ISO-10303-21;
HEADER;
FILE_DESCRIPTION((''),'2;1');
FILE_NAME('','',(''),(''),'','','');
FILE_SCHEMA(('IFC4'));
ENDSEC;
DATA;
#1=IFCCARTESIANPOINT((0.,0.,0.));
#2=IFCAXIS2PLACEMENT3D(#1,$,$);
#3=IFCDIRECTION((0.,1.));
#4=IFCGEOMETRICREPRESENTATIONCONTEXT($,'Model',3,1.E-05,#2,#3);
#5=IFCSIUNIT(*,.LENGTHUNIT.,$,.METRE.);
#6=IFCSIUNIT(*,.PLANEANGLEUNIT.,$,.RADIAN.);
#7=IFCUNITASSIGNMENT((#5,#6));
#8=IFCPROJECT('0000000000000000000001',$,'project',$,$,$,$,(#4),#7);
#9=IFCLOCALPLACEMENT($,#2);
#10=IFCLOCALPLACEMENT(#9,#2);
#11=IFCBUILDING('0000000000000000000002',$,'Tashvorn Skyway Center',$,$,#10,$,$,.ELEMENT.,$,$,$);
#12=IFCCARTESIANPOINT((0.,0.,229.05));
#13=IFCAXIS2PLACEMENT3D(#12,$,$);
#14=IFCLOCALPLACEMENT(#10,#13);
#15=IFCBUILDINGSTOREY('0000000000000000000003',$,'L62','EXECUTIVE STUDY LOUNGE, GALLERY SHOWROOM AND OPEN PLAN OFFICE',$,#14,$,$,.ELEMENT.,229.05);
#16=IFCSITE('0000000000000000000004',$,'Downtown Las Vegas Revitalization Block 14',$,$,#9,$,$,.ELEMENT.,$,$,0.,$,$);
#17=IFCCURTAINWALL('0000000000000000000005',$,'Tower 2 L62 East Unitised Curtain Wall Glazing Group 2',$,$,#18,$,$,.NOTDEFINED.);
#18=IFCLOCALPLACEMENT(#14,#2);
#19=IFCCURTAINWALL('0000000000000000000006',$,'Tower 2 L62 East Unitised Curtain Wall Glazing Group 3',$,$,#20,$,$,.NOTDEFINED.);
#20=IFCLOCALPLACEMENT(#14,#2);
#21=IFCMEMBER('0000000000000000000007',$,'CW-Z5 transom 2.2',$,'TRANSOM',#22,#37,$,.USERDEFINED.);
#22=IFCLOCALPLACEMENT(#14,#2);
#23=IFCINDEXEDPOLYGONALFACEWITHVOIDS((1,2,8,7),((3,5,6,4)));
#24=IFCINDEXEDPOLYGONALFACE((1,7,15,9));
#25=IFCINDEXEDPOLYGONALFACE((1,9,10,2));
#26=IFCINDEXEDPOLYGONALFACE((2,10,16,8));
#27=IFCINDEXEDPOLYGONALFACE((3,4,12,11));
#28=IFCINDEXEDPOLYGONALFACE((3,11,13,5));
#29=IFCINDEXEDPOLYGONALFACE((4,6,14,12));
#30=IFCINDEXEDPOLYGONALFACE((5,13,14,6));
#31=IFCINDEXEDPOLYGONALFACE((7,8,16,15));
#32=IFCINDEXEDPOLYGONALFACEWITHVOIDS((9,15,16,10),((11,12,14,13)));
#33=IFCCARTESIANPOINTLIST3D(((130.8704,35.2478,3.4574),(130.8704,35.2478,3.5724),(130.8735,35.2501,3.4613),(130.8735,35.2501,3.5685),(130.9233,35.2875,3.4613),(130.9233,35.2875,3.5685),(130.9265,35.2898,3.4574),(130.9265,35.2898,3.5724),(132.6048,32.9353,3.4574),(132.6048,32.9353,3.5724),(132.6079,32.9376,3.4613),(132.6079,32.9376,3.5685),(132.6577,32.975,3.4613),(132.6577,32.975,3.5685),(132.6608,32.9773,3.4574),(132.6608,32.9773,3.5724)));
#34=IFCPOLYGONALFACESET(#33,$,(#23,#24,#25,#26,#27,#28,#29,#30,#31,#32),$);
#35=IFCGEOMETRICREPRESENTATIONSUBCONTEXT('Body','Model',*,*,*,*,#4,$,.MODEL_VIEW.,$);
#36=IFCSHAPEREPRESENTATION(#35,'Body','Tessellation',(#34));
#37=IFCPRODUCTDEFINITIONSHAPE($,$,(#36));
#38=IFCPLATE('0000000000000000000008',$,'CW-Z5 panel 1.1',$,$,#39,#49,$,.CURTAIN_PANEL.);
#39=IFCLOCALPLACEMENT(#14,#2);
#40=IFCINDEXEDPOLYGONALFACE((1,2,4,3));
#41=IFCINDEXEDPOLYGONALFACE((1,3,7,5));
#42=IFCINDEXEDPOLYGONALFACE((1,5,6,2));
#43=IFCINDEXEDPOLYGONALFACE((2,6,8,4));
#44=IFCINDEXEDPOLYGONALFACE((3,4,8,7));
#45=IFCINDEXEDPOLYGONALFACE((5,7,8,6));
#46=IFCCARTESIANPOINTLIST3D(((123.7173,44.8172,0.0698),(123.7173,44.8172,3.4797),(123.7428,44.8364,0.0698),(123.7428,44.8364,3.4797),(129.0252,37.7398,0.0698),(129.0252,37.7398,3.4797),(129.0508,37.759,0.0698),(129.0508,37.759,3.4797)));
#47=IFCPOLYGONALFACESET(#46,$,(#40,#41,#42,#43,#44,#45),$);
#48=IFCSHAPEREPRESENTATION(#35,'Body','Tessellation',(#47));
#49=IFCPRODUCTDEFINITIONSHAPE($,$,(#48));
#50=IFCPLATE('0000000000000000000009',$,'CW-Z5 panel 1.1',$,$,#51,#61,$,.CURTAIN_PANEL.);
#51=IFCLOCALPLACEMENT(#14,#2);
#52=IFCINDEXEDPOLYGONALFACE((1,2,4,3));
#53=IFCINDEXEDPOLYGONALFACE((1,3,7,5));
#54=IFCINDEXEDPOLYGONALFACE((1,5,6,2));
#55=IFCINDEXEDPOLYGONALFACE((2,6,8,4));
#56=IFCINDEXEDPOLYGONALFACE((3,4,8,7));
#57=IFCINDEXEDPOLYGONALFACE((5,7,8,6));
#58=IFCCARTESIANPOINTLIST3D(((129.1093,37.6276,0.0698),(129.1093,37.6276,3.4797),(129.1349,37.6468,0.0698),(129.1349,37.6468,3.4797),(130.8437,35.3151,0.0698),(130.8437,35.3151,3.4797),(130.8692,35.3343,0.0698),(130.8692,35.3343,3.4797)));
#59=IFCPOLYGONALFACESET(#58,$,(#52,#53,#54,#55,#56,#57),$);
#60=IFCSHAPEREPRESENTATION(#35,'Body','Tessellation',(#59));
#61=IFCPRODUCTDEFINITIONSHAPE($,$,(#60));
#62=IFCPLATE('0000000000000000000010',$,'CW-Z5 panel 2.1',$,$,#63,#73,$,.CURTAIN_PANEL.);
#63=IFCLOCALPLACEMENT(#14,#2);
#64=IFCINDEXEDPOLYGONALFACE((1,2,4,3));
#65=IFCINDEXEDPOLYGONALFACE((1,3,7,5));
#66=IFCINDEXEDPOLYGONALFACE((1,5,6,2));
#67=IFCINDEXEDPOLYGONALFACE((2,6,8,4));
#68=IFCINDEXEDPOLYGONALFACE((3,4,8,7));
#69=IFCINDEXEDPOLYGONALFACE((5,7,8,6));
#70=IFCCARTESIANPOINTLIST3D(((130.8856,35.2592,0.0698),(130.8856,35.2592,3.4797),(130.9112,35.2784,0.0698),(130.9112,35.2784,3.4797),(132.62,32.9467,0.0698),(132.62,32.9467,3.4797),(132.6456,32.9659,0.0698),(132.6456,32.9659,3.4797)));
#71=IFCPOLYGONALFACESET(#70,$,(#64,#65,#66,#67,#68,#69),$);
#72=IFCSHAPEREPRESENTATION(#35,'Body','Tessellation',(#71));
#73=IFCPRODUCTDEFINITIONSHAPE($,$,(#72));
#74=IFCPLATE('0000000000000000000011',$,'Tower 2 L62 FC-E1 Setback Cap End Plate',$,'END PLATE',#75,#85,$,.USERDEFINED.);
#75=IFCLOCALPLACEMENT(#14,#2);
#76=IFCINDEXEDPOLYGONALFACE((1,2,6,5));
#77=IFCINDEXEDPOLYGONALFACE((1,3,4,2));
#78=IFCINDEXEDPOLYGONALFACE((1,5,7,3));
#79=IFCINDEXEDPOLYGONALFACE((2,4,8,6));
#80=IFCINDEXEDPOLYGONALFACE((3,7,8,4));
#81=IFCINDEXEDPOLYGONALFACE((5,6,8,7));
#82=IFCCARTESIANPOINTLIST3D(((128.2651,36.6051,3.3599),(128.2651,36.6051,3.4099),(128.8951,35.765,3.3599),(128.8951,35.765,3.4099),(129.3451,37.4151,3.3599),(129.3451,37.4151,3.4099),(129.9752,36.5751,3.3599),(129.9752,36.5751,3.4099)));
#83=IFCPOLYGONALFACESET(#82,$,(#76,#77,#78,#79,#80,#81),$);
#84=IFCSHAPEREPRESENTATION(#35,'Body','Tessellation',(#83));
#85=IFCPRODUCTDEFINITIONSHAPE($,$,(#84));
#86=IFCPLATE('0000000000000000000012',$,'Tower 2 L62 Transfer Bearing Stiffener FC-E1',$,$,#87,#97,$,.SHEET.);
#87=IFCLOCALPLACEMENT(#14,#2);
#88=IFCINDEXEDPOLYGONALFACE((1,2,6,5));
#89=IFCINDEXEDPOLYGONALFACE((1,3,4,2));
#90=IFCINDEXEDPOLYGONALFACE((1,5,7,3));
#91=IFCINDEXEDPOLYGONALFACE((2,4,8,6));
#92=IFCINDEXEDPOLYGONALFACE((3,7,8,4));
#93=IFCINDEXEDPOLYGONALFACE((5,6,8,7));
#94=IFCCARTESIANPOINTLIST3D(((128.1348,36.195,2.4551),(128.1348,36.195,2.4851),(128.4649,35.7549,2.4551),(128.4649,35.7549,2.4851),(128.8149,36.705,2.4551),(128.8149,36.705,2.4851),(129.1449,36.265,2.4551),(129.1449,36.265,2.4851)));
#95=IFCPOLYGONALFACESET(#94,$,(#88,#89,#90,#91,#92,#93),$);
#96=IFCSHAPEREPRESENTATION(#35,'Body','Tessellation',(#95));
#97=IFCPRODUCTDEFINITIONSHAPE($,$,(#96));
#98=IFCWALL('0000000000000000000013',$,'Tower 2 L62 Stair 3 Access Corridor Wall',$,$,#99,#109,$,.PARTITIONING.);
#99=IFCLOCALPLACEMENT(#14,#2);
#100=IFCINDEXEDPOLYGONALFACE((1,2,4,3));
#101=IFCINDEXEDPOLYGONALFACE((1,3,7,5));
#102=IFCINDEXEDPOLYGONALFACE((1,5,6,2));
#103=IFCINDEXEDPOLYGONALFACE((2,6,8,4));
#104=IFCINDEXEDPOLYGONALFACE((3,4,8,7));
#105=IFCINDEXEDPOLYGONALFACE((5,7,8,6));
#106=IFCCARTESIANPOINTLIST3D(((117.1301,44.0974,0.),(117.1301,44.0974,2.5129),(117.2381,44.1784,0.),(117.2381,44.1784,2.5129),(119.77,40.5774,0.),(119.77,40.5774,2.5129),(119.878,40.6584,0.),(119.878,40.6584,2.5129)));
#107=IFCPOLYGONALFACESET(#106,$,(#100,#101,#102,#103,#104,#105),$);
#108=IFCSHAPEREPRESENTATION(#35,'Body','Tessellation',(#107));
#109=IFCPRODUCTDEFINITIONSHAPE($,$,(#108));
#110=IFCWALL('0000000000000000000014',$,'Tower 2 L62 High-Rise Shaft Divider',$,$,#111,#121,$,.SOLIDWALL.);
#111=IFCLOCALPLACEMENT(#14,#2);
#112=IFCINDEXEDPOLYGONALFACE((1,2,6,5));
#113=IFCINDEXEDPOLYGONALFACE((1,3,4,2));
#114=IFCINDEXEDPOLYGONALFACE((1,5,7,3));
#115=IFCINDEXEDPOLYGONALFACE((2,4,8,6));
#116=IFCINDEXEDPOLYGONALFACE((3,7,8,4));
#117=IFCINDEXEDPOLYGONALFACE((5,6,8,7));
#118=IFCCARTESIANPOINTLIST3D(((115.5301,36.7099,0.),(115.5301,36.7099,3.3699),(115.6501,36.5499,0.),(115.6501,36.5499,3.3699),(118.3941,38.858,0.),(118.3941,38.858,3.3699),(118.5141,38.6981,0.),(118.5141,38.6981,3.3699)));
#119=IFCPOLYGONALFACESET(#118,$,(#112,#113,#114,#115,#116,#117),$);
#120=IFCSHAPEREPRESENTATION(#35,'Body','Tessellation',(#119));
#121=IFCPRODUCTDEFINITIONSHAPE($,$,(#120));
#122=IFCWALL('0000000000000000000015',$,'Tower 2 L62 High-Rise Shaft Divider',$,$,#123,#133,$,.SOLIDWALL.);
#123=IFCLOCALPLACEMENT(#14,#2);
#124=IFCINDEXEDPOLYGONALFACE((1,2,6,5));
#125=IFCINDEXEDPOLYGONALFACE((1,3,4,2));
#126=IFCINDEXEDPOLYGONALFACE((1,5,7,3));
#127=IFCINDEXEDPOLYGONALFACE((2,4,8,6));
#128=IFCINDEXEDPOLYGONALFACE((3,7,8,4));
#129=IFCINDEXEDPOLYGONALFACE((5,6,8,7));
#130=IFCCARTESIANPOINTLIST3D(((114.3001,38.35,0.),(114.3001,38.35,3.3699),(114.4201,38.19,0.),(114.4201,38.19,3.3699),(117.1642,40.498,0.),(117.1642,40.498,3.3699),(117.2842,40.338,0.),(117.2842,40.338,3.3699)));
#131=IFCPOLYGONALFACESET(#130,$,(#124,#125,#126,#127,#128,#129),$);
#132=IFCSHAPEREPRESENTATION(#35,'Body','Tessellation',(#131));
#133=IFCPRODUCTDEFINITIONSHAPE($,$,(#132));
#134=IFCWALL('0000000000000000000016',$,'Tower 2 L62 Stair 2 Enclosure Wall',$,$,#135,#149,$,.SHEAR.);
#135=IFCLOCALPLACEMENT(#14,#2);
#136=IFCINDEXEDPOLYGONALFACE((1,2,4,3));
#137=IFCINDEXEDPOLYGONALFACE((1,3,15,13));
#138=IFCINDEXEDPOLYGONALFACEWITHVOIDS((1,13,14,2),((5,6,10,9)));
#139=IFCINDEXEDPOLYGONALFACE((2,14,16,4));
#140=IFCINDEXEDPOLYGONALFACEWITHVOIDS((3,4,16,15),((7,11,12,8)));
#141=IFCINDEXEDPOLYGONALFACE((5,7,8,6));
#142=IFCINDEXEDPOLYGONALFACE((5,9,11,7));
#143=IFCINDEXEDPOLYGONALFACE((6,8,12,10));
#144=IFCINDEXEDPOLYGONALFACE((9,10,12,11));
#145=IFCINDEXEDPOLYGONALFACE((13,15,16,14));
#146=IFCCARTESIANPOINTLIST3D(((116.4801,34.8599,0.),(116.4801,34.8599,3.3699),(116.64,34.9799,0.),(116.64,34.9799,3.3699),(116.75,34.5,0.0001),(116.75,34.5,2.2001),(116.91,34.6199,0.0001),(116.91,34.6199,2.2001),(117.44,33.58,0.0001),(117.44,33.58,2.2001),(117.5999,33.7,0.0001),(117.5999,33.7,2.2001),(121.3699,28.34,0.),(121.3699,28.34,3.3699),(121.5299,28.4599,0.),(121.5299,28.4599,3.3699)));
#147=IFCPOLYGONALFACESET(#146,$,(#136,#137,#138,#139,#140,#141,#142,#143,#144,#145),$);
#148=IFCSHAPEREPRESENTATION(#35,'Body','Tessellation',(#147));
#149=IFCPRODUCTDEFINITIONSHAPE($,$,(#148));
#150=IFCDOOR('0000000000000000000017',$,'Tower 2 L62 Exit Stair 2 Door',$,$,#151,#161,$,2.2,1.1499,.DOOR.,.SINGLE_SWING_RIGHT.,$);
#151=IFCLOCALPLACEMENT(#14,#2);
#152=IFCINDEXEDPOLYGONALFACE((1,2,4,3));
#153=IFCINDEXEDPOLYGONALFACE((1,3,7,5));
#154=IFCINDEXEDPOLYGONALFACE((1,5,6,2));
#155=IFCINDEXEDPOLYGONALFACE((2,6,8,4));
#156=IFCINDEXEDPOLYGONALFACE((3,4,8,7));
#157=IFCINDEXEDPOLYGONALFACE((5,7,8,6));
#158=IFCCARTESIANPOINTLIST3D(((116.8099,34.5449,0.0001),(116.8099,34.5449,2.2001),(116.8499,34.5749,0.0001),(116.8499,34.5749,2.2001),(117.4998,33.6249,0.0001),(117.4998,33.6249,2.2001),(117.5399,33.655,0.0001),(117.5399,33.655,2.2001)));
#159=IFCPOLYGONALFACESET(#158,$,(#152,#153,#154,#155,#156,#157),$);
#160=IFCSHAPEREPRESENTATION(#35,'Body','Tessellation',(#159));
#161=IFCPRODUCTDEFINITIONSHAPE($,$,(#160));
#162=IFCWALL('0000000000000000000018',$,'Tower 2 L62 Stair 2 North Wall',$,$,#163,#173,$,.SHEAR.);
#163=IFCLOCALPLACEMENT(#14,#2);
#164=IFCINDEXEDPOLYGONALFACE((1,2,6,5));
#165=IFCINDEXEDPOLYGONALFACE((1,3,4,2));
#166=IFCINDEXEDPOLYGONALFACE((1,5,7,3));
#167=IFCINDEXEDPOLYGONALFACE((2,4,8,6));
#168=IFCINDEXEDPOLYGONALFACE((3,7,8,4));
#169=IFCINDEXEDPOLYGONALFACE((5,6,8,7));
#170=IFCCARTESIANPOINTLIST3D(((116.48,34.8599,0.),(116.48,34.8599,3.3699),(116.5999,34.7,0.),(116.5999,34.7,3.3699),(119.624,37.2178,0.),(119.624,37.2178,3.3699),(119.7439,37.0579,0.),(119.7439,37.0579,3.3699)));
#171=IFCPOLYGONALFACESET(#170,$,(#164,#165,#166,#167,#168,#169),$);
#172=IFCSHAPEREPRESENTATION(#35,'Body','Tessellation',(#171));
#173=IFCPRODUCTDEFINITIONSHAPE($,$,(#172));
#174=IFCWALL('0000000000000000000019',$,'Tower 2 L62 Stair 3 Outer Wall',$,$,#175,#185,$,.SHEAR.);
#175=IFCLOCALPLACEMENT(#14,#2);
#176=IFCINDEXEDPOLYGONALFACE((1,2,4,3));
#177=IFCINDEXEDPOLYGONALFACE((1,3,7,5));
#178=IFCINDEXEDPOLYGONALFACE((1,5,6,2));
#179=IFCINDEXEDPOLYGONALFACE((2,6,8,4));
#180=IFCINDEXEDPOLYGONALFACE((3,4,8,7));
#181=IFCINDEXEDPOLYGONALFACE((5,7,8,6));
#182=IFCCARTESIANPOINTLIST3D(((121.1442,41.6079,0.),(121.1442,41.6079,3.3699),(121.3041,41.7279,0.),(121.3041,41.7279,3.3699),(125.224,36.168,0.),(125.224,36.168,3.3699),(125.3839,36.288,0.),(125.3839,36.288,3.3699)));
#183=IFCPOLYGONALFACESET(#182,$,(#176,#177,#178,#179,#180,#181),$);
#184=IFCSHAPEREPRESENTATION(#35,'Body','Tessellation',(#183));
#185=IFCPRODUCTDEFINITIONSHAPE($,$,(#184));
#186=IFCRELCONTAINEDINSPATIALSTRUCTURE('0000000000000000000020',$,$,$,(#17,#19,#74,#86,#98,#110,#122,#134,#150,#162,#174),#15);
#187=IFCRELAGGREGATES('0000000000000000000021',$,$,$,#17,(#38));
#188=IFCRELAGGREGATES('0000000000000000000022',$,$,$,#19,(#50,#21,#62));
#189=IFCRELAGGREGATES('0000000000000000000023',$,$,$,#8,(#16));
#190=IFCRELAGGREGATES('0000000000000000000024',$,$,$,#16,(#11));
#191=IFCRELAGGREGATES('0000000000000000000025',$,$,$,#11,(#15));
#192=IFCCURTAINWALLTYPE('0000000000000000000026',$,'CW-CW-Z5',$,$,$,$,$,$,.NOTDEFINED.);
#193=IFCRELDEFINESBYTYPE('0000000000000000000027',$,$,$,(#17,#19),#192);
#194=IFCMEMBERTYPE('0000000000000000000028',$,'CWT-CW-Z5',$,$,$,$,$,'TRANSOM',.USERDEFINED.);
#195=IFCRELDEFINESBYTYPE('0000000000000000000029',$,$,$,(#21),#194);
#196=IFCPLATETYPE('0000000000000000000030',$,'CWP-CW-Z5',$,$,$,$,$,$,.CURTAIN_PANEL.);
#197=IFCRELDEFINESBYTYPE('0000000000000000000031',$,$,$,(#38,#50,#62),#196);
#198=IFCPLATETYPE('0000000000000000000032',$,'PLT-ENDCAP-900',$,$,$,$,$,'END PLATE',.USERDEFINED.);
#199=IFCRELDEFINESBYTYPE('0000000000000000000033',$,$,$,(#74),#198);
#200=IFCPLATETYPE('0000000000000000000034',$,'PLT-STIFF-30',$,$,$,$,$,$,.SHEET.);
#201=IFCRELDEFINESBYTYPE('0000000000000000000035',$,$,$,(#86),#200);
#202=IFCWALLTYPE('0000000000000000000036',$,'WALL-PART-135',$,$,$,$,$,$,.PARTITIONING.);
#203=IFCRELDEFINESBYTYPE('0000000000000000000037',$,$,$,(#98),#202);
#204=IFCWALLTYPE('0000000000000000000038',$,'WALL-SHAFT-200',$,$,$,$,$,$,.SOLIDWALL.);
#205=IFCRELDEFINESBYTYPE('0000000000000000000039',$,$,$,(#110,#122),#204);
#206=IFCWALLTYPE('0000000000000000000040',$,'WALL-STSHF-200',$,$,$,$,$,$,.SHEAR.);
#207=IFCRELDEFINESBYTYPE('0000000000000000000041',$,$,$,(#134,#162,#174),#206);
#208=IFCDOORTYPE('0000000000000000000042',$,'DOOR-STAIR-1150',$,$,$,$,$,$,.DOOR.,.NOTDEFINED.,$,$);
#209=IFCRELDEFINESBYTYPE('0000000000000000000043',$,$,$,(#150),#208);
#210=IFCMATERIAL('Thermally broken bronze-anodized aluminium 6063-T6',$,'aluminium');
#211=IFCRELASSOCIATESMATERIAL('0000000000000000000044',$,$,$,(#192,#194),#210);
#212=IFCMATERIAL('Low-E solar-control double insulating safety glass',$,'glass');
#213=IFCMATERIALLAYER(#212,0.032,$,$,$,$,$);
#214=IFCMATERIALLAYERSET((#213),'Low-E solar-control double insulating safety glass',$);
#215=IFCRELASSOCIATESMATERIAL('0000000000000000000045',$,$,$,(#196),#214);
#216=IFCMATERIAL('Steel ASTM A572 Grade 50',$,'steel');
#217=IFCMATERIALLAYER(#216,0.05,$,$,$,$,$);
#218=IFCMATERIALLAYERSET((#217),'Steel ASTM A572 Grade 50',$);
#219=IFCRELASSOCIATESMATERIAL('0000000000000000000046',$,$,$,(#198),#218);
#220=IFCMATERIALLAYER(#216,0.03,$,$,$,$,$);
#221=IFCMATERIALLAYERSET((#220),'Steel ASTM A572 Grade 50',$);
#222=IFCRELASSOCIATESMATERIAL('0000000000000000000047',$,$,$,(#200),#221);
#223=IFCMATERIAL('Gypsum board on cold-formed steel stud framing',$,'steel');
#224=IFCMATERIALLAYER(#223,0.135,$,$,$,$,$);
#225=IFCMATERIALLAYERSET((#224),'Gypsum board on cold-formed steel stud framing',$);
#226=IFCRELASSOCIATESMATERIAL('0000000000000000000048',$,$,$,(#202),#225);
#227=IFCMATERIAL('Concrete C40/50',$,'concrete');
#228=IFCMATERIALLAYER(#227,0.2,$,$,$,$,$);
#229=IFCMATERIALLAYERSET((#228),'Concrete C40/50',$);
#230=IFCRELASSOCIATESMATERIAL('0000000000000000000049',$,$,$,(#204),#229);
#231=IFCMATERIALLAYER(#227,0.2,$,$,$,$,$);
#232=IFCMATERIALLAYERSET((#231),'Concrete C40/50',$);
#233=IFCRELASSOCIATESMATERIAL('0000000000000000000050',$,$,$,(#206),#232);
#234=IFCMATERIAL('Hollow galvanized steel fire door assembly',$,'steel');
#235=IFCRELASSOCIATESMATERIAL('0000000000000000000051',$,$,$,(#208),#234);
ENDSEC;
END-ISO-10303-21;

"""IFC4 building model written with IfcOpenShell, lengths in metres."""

from ifc_helpers import new_model, si_unit, direction, frame, frame_2d, origin, origin_2d, place, context, subcontext, project, spatial, rectangle, hollow_rectangle, extrude, material, layer, layer_set, material_profile, profile_set, type_object, element, fill, aggregate, save


model = new_model("IFC4")

# Units and contexts
model_context = context("Model", 3, precision=1e-05, world=origin(), true_north=direction((0.0, 1.0)))
body_context = subcontext(model_context, "Body", "Model", "MODEL_VIEW")
ifc_project = project(units=[si_unit("LENGTHUNIT", "METRE"), si_unit("PLANEANGLEUNIT", "RADIAN")], contexts=[model_context])

# Site, building, storey
site_placement = place(None, origin())
site = spatial("IfcSite", under=ifc_project, at=site_placement, Name="Downtown Las Vegas Revitalization Block 14", CompositionType="ELEMENT", RefElevation=0.0)
building_placement = place(site_placement, origin())
building = spatial("IfcBuilding", under=site, at=building_placement, Name="Tashvorn Skyway Center", CompositionType="ELEMENT")
storey_placement = place(building_placement, frame((0.0, 0.0, 229.05)))
storey = spatial("IfcBuildingStorey", under=building, at=storey_placement, Name="L62", Description="EXECUTIVE STUDY LOUNGE, GALLERY SHOWROOM AND OPEN PLAN OFFICE", CompositionType="ELEMENT", Elevation=229.05)

# Shared definitions
ifc_material_1 = material(Name="Steel ASTM A572 Grade 50", Category="steel")

# Curtain wall
ifc_material_2 = material(Name="Thermally broken bronze-anodized aluminium 6063-T6", Category="aluminium")
curtain_wall_type = type_object("IfcCurtainWallType", Name="CW-CW-Z5", PredefinedType="NOTDEFINED", material=ifc_material_2)
curtain_wall_1_placement = place(storey_placement, origin())
curtain_wall_1 = element("IfcCurtainWall", 1, at=curtain_wall_1_placement, inside=storey, type_object=curtain_wall_type, Name="Tower 2 L62 East Unitised Curtain Wall Glazing Group 2", PredefinedType="NOTDEFINED")

# Curtain wall, member
curtain_wall_2_placement = place(storey_placement, origin())
curtain_wall_2 = element("IfcCurtainWall", 2, at=curtain_wall_2_placement, inside=storey, type_object=curtain_wall_type, Name="Tower 2 L62 East Unitised Curtain Wall Glazing Group 3", PredefinedType="NOTDEFINED")
ifc_material_profile_1 = material_profile(ifc_material_2, hollow_rectangle(XDim=0.0701, YDim=0.115, WallThickness=0.0039, at=origin_2d()), Name="ALU-TRAN-70x115")
ifc_profile_set_1 = profile_set([ifc_material_profile_1], Name="Thermally broken bronze-anodized aluminium 6063-T6")
member_type_1 = type_object("IfcMemberType", Name="CWT-CW-Z5", ElementType="TRANSOM", PredefinedType="USERDEFINED", material=ifc_profile_set_1)
member_1_placement = place(storey_placement, frame((130.8984, 35.2688, 3.5149), z_axis=(0.6, -0.8, 0.0), x_axis=(0.8, 0.6, 0.0)))
member_1 = element("IfcMember", 3, at=member_1_placement, type_object=member_type_1, Name="CW-Z5 transom 2.2", ObjectType="TRANSOM", PredefinedType="USERDEFINED", context=body_context, shape_type="SweptSolid", body=[
    extrude(hollow_rectangle(XDim=0.0701, YDim=0.115, WallThickness=0.0039, at=origin_2d()), origin(), (0.0, 0.0, 1.0), 2.8906),
])

# Plates
ifc_material_3 = material(Name="Low-E solar-control double insulating safety glass", Category="glass")
ifc_layer_1 = layer(ifc_material_3, 0.032)
ifc_layer_set_1 = layer_set([ifc_layer_1], Name="Low-E solar-control double insulating safety glass")
plate_type_1 = type_object("IfcPlateType", Name="CWP-CW-Z5", PredefinedType="CURTAIN_PANEL", material=ifc_layer_set_1)
plate_1_placement = place(storey_placement, frame((126.384, 41.2881, 0.0698), z_axis=(0.0, 0.0, 1.0), x_axis=(0.599996, -0.800003, 0.0)))
plate_1 = element("IfcPlate", 4, at=plate_1_placement, type_object=plate_type_1, Name="CW-Z5 panel 1.1", PredefinedType="CURTAIN_PANEL", context=body_context, shape_type="SweptSolid", body=[
    extrude(rectangle(XDim=8.8467, YDim=0.032, at=origin_2d()), origin(), (0.0, 0.0, 1.0), 3.4099),
])
aggregate(curtain_wall_1, [plate_1])
plate_2_placement = place(storey_placement, frame((129.9893, 36.481, 0.0698), z_axis=(0.0, 0.0, 1.0), x_axis=(0.600003, -0.799998, 0.0)))
plate_2 = element("IfcPlate", 5, at=plate_2_placement, type_object=plate_type_1, Name="CW-Z5 panel 1.1", PredefinedType="CURTAIN_PANEL", context=body_context, shape_type="SweptSolid", body=[
    extrude(rectangle(XDim=2.8906, YDim=0.032, at=origin_2d()), origin(), (0.0, 0.0, 1.0), 3.4099),
])
plate_3_placement = place(storey_placement, frame((131.7656, 34.1125, 0.0698), z_axis=(0.0, 0.0, 1.0), x_axis=(0.600003, -0.799998, 0.0)))
plate_3 = element("IfcPlate", 6, at=plate_3_placement, type_object=plate_type_1, Name="CW-Z5 panel 2.1", PredefinedType="CURTAIN_PANEL", context=body_context, shape_type="SweptSolid", body=[
    extrude(rectangle(XDim=2.8906, YDim=0.032, at=origin_2d()), origin(), (0.0, 0.0, 1.0), 3.4099),
])
aggregate(curtain_wall_2, [plate_2, member_1, plate_3])

# Plates
ifc_layer_2 = layer(ifc_material_1, 0.05)
ifc_layer_set_2 = layer_set([ifc_layer_2], Name="Steel ASTM A572 Grade 50")
plate_type_2 = type_object("IfcPlateType", Name="PLT-ENDCAP-900", ElementType="END PLATE", PredefinedType="USERDEFINED", material=ifc_layer_set_2)
plate_4_placement = place(storey_placement, frame((129.1201, 36.5901, 3.3599), z_axis=(0.0, 0.0, 1.0), x_axis=(0.8, 0.6, 0.0)))
element("IfcPlate", 7, at=plate_4_placement, inside=storey, type_object=plate_type_2, Name="Tower 2 L62 FC-E1 Setback Cap End Plate", ObjectType="END PLATE", PredefinedType="USERDEFINED", context=body_context, shape_type="SweptSolid", body=[
    extrude(rectangle(XDim=1.3501, YDim=1.05, at=origin_2d()), origin(), (0.0, 0.0, 1.0), 0.05),
])
ifc_layer_3 = layer(ifc_material_1, 0.03)
ifc_layer_set_3 = layer_set([ifc_layer_3], Name="Steel ASTM A572 Grade 50")
plate_type_3 = type_object("IfcPlateType", Name="PLT-STIFF-30", PredefinedType="SHEET", material=ifc_layer_set_3)
plate_5_placement = place(storey_placement, frame((128.6399, 36.23, 2.4551), z_axis=(0.0, 0.0, 1.0), x_axis=(0.8, 0.6, 0.0)))
element("IfcPlate", 8, at=plate_5_placement, inside=storey, type_object=plate_type_3, Name="Tower 2 L62 Transfer Bearing Stiffener FC-E1", PredefinedType="SHEET", context=body_context, shape_type="SweptSolid", body=[
    extrude(rectangle(XDim=0.8501, YDim=0.55, at=origin_2d()), origin(), (0.0, 0.0, 1.0), 0.03),
])

# Walls
ifc_material_4 = material(Name="Gypsum board on cold-formed steel stud framing", Category="steel")
ifc_layer_4 = layer(ifc_material_4, 0.135)
ifc_layer_set_4 = layer_set([ifc_layer_4], Name="Gypsum board on cold-formed steel stud framing")
wall_type_1 = type_object("IfcWallType", Name="WALL-PART-135", PredefinedType="PARTITIONING", material=ifc_layer_set_4)
wall_1_placement = place(storey_placement, frame((119.824, 40.6179, 0.0), z_axis=(0.0, 0.0, 1.0), x_axis=(-0.599982, 0.800013, 0.0)))
element("IfcWall", 9, at=wall_1_placement, inside=storey, type_object=wall_type_1, Name="Tower 2 L62 Stair 3 Access Corridor Wall", PredefinedType="PARTITIONING", context=body_context, shape_type="SweptSolid", body=[
    extrude(rectangle(XDim=4.3999, YDim=0.135, at=frame_2d((2.2, 0.0))), origin(), (0.0, 0.0, 1.0), 2.5129),
])
ifc_material_5 = material(Name="Concrete C40/50", Category="concrete")
ifc_layer_5 = layer(ifc_material_5, 0.2)
ifc_layer_set_5 = layer_set([ifc_layer_5], Name="Concrete C40/50")
wall_type_2 = type_object("IfcWallType", Name="WALL-SHAFT-200", PredefinedType="SOLIDWALL", material=ifc_layer_set_5)
for number, where, z_axis, x_axis, name in (
    (10, (115.5901, 36.6299, 0.0), (0.0, 0.0, 1.0), (0.799975, 0.600033, 0.0), "Tower 2 L62 High-Rise Shaft Divider"),
    (11, (114.3601, 38.27, 0.0), (0.0, 0.0, 1.0), (0.800008, 0.599989, 0.0), "Tower 2 L62 High-Rise Shaft Divider"),
):
    element("IfcWall", number, at=place(storey_placement, frame(where, z_axis=z_axis, x_axis=x_axis)), inside=storey, type_object=wall_type_2, Name=name, PredefinedType="SOLIDWALL", context=body_context, shape_type="SweptSolid", body=[
        extrude(rectangle(XDim=3.5801, YDim=0.2, at=frame_2d((1.79, 0.0))), origin(), (0.0, 0.0, 1.0), 3.3699),
    ])

# Wall, opening, door
ifc_layer_6 = layer(ifc_material_5, 0.2)
ifc_layer_set_6 = layer_set([ifc_layer_6], Name="Concrete C40/50")
wall_type_3 = type_object("IfcWallType", Name="WALL-STSHF-200", PredefinedType="SHEAR", material=ifc_layer_set_6)
wall_2_placement = place(storey_placement, frame((116.5601, 34.9199, 0.0), z_axis=(0.0, 0.0, 1.0), x_axis=(0.59999, -0.800007, 0.0)))
wall_2 = element("IfcWall", 12, at=wall_2_placement, inside=storey, type_object=wall_type_3, Name="Tower 2 L62 Stair 2 Enclosure Wall", PredefinedType="SHEAR", context=body_context, shape_type="SweptSolid", body=[
    extrude(rectangle(XDim=8.1499, YDim=0.2, at=frame_2d((4.075, 0.0))), origin(), (0.0, 0.0, 1.0), 3.3699),
])
opening_placement = place(wall_2_placement, frame((0.45, 0.0, 0.0)))
opening = element("IfcOpeningElement", 13, at=opening_placement, cuts=wall_2, PredefinedType="OPENING", context=body_context, shape_type="SweptSolid", body=[
    extrude(rectangle(XDim=1.1499, YDim=2.2, at=frame_2d((0.575, 1.1001))), frame((0.0, 0.1099, 0.0), z_axis=(0.0, -1.0, 0.0), x_axis=(1.0, 0.0, 0.0)), (0.0, 0.0, 1.0), 0.22),
])
ifc_material_6 = material(Name="Hollow galvanized steel fire door assembly", Category="steel")
door_type = type_object("IfcDoorType", Name="DOOR-STAIR-1150", OperationType="NOTDEFINED", PredefinedType="DOOR", material=ifc_material_6)
door_placement = place(opening_placement, origin())
door = element("IfcDoor", 14, at=door_placement, inside=storey, type_object=door_type, Name="Tower 2 L62 Exit Stair 2 Door", OperationType="SINGLE_SWING_RIGHT", OverallHeight=2.2, OverallWidth=1.1499, PredefinedType="DOOR", context=body_context, shape_type="SweptSolid", body=[
    extrude(rectangle(XDim=1.1499, YDim=2.2, at=frame_2d((0.575, 1.1001))), frame((0.0, 0.0249, 0.0), z_axis=(0.0, -1.0, 0.0), x_axis=(1.0, 0.0, 0.0)), (0.0, 0.0, 1.0), 0.05),
])
fill(opening, door)

# Walls
wall_3_placement = place(storey_placement, frame((116.54, 34.78, 0.0), z_axis=(0.0, 0.0, 1.0), x_axis=(0.800015, 0.59998, 0.0)))
element("IfcWall", 15, at=wall_3_placement, inside=storey, type_object=wall_type_3, Name="Tower 2 L62 Stair 2 North Wall", PredefinedType="SHEAR", context=body_context, shape_type="SweptSolid", body=[
    extrude(rectangle(XDim=3.9299, YDim=0.2, at=frame_2d((1.9648, 0.0))), origin(), (0.0, 0.0, 1.0), 3.3699),
])
wall_4_placement = place(storey_placement, frame((125.304, 36.228, 0.0), z_axis=(0.0, 0.0, 1.0), x_axis=(-0.599989, 0.800009, 0.0)))
element("IfcWall", 16, at=wall_4_placement, inside=storey, type_object=wall_type_3, Name="Tower 2 L62 Stair 3 Outer Wall", PredefinedType="SHEAR", context=body_context, shape_type="SweptSolid", body=[
    extrude(rectangle(XDim=6.7998, YDim=0.2, at=frame_2d((3.3999, 0.0))), origin(), (0.0, 0.0, 1.0), 3.3699),
])

save(model, "model.ifc")
